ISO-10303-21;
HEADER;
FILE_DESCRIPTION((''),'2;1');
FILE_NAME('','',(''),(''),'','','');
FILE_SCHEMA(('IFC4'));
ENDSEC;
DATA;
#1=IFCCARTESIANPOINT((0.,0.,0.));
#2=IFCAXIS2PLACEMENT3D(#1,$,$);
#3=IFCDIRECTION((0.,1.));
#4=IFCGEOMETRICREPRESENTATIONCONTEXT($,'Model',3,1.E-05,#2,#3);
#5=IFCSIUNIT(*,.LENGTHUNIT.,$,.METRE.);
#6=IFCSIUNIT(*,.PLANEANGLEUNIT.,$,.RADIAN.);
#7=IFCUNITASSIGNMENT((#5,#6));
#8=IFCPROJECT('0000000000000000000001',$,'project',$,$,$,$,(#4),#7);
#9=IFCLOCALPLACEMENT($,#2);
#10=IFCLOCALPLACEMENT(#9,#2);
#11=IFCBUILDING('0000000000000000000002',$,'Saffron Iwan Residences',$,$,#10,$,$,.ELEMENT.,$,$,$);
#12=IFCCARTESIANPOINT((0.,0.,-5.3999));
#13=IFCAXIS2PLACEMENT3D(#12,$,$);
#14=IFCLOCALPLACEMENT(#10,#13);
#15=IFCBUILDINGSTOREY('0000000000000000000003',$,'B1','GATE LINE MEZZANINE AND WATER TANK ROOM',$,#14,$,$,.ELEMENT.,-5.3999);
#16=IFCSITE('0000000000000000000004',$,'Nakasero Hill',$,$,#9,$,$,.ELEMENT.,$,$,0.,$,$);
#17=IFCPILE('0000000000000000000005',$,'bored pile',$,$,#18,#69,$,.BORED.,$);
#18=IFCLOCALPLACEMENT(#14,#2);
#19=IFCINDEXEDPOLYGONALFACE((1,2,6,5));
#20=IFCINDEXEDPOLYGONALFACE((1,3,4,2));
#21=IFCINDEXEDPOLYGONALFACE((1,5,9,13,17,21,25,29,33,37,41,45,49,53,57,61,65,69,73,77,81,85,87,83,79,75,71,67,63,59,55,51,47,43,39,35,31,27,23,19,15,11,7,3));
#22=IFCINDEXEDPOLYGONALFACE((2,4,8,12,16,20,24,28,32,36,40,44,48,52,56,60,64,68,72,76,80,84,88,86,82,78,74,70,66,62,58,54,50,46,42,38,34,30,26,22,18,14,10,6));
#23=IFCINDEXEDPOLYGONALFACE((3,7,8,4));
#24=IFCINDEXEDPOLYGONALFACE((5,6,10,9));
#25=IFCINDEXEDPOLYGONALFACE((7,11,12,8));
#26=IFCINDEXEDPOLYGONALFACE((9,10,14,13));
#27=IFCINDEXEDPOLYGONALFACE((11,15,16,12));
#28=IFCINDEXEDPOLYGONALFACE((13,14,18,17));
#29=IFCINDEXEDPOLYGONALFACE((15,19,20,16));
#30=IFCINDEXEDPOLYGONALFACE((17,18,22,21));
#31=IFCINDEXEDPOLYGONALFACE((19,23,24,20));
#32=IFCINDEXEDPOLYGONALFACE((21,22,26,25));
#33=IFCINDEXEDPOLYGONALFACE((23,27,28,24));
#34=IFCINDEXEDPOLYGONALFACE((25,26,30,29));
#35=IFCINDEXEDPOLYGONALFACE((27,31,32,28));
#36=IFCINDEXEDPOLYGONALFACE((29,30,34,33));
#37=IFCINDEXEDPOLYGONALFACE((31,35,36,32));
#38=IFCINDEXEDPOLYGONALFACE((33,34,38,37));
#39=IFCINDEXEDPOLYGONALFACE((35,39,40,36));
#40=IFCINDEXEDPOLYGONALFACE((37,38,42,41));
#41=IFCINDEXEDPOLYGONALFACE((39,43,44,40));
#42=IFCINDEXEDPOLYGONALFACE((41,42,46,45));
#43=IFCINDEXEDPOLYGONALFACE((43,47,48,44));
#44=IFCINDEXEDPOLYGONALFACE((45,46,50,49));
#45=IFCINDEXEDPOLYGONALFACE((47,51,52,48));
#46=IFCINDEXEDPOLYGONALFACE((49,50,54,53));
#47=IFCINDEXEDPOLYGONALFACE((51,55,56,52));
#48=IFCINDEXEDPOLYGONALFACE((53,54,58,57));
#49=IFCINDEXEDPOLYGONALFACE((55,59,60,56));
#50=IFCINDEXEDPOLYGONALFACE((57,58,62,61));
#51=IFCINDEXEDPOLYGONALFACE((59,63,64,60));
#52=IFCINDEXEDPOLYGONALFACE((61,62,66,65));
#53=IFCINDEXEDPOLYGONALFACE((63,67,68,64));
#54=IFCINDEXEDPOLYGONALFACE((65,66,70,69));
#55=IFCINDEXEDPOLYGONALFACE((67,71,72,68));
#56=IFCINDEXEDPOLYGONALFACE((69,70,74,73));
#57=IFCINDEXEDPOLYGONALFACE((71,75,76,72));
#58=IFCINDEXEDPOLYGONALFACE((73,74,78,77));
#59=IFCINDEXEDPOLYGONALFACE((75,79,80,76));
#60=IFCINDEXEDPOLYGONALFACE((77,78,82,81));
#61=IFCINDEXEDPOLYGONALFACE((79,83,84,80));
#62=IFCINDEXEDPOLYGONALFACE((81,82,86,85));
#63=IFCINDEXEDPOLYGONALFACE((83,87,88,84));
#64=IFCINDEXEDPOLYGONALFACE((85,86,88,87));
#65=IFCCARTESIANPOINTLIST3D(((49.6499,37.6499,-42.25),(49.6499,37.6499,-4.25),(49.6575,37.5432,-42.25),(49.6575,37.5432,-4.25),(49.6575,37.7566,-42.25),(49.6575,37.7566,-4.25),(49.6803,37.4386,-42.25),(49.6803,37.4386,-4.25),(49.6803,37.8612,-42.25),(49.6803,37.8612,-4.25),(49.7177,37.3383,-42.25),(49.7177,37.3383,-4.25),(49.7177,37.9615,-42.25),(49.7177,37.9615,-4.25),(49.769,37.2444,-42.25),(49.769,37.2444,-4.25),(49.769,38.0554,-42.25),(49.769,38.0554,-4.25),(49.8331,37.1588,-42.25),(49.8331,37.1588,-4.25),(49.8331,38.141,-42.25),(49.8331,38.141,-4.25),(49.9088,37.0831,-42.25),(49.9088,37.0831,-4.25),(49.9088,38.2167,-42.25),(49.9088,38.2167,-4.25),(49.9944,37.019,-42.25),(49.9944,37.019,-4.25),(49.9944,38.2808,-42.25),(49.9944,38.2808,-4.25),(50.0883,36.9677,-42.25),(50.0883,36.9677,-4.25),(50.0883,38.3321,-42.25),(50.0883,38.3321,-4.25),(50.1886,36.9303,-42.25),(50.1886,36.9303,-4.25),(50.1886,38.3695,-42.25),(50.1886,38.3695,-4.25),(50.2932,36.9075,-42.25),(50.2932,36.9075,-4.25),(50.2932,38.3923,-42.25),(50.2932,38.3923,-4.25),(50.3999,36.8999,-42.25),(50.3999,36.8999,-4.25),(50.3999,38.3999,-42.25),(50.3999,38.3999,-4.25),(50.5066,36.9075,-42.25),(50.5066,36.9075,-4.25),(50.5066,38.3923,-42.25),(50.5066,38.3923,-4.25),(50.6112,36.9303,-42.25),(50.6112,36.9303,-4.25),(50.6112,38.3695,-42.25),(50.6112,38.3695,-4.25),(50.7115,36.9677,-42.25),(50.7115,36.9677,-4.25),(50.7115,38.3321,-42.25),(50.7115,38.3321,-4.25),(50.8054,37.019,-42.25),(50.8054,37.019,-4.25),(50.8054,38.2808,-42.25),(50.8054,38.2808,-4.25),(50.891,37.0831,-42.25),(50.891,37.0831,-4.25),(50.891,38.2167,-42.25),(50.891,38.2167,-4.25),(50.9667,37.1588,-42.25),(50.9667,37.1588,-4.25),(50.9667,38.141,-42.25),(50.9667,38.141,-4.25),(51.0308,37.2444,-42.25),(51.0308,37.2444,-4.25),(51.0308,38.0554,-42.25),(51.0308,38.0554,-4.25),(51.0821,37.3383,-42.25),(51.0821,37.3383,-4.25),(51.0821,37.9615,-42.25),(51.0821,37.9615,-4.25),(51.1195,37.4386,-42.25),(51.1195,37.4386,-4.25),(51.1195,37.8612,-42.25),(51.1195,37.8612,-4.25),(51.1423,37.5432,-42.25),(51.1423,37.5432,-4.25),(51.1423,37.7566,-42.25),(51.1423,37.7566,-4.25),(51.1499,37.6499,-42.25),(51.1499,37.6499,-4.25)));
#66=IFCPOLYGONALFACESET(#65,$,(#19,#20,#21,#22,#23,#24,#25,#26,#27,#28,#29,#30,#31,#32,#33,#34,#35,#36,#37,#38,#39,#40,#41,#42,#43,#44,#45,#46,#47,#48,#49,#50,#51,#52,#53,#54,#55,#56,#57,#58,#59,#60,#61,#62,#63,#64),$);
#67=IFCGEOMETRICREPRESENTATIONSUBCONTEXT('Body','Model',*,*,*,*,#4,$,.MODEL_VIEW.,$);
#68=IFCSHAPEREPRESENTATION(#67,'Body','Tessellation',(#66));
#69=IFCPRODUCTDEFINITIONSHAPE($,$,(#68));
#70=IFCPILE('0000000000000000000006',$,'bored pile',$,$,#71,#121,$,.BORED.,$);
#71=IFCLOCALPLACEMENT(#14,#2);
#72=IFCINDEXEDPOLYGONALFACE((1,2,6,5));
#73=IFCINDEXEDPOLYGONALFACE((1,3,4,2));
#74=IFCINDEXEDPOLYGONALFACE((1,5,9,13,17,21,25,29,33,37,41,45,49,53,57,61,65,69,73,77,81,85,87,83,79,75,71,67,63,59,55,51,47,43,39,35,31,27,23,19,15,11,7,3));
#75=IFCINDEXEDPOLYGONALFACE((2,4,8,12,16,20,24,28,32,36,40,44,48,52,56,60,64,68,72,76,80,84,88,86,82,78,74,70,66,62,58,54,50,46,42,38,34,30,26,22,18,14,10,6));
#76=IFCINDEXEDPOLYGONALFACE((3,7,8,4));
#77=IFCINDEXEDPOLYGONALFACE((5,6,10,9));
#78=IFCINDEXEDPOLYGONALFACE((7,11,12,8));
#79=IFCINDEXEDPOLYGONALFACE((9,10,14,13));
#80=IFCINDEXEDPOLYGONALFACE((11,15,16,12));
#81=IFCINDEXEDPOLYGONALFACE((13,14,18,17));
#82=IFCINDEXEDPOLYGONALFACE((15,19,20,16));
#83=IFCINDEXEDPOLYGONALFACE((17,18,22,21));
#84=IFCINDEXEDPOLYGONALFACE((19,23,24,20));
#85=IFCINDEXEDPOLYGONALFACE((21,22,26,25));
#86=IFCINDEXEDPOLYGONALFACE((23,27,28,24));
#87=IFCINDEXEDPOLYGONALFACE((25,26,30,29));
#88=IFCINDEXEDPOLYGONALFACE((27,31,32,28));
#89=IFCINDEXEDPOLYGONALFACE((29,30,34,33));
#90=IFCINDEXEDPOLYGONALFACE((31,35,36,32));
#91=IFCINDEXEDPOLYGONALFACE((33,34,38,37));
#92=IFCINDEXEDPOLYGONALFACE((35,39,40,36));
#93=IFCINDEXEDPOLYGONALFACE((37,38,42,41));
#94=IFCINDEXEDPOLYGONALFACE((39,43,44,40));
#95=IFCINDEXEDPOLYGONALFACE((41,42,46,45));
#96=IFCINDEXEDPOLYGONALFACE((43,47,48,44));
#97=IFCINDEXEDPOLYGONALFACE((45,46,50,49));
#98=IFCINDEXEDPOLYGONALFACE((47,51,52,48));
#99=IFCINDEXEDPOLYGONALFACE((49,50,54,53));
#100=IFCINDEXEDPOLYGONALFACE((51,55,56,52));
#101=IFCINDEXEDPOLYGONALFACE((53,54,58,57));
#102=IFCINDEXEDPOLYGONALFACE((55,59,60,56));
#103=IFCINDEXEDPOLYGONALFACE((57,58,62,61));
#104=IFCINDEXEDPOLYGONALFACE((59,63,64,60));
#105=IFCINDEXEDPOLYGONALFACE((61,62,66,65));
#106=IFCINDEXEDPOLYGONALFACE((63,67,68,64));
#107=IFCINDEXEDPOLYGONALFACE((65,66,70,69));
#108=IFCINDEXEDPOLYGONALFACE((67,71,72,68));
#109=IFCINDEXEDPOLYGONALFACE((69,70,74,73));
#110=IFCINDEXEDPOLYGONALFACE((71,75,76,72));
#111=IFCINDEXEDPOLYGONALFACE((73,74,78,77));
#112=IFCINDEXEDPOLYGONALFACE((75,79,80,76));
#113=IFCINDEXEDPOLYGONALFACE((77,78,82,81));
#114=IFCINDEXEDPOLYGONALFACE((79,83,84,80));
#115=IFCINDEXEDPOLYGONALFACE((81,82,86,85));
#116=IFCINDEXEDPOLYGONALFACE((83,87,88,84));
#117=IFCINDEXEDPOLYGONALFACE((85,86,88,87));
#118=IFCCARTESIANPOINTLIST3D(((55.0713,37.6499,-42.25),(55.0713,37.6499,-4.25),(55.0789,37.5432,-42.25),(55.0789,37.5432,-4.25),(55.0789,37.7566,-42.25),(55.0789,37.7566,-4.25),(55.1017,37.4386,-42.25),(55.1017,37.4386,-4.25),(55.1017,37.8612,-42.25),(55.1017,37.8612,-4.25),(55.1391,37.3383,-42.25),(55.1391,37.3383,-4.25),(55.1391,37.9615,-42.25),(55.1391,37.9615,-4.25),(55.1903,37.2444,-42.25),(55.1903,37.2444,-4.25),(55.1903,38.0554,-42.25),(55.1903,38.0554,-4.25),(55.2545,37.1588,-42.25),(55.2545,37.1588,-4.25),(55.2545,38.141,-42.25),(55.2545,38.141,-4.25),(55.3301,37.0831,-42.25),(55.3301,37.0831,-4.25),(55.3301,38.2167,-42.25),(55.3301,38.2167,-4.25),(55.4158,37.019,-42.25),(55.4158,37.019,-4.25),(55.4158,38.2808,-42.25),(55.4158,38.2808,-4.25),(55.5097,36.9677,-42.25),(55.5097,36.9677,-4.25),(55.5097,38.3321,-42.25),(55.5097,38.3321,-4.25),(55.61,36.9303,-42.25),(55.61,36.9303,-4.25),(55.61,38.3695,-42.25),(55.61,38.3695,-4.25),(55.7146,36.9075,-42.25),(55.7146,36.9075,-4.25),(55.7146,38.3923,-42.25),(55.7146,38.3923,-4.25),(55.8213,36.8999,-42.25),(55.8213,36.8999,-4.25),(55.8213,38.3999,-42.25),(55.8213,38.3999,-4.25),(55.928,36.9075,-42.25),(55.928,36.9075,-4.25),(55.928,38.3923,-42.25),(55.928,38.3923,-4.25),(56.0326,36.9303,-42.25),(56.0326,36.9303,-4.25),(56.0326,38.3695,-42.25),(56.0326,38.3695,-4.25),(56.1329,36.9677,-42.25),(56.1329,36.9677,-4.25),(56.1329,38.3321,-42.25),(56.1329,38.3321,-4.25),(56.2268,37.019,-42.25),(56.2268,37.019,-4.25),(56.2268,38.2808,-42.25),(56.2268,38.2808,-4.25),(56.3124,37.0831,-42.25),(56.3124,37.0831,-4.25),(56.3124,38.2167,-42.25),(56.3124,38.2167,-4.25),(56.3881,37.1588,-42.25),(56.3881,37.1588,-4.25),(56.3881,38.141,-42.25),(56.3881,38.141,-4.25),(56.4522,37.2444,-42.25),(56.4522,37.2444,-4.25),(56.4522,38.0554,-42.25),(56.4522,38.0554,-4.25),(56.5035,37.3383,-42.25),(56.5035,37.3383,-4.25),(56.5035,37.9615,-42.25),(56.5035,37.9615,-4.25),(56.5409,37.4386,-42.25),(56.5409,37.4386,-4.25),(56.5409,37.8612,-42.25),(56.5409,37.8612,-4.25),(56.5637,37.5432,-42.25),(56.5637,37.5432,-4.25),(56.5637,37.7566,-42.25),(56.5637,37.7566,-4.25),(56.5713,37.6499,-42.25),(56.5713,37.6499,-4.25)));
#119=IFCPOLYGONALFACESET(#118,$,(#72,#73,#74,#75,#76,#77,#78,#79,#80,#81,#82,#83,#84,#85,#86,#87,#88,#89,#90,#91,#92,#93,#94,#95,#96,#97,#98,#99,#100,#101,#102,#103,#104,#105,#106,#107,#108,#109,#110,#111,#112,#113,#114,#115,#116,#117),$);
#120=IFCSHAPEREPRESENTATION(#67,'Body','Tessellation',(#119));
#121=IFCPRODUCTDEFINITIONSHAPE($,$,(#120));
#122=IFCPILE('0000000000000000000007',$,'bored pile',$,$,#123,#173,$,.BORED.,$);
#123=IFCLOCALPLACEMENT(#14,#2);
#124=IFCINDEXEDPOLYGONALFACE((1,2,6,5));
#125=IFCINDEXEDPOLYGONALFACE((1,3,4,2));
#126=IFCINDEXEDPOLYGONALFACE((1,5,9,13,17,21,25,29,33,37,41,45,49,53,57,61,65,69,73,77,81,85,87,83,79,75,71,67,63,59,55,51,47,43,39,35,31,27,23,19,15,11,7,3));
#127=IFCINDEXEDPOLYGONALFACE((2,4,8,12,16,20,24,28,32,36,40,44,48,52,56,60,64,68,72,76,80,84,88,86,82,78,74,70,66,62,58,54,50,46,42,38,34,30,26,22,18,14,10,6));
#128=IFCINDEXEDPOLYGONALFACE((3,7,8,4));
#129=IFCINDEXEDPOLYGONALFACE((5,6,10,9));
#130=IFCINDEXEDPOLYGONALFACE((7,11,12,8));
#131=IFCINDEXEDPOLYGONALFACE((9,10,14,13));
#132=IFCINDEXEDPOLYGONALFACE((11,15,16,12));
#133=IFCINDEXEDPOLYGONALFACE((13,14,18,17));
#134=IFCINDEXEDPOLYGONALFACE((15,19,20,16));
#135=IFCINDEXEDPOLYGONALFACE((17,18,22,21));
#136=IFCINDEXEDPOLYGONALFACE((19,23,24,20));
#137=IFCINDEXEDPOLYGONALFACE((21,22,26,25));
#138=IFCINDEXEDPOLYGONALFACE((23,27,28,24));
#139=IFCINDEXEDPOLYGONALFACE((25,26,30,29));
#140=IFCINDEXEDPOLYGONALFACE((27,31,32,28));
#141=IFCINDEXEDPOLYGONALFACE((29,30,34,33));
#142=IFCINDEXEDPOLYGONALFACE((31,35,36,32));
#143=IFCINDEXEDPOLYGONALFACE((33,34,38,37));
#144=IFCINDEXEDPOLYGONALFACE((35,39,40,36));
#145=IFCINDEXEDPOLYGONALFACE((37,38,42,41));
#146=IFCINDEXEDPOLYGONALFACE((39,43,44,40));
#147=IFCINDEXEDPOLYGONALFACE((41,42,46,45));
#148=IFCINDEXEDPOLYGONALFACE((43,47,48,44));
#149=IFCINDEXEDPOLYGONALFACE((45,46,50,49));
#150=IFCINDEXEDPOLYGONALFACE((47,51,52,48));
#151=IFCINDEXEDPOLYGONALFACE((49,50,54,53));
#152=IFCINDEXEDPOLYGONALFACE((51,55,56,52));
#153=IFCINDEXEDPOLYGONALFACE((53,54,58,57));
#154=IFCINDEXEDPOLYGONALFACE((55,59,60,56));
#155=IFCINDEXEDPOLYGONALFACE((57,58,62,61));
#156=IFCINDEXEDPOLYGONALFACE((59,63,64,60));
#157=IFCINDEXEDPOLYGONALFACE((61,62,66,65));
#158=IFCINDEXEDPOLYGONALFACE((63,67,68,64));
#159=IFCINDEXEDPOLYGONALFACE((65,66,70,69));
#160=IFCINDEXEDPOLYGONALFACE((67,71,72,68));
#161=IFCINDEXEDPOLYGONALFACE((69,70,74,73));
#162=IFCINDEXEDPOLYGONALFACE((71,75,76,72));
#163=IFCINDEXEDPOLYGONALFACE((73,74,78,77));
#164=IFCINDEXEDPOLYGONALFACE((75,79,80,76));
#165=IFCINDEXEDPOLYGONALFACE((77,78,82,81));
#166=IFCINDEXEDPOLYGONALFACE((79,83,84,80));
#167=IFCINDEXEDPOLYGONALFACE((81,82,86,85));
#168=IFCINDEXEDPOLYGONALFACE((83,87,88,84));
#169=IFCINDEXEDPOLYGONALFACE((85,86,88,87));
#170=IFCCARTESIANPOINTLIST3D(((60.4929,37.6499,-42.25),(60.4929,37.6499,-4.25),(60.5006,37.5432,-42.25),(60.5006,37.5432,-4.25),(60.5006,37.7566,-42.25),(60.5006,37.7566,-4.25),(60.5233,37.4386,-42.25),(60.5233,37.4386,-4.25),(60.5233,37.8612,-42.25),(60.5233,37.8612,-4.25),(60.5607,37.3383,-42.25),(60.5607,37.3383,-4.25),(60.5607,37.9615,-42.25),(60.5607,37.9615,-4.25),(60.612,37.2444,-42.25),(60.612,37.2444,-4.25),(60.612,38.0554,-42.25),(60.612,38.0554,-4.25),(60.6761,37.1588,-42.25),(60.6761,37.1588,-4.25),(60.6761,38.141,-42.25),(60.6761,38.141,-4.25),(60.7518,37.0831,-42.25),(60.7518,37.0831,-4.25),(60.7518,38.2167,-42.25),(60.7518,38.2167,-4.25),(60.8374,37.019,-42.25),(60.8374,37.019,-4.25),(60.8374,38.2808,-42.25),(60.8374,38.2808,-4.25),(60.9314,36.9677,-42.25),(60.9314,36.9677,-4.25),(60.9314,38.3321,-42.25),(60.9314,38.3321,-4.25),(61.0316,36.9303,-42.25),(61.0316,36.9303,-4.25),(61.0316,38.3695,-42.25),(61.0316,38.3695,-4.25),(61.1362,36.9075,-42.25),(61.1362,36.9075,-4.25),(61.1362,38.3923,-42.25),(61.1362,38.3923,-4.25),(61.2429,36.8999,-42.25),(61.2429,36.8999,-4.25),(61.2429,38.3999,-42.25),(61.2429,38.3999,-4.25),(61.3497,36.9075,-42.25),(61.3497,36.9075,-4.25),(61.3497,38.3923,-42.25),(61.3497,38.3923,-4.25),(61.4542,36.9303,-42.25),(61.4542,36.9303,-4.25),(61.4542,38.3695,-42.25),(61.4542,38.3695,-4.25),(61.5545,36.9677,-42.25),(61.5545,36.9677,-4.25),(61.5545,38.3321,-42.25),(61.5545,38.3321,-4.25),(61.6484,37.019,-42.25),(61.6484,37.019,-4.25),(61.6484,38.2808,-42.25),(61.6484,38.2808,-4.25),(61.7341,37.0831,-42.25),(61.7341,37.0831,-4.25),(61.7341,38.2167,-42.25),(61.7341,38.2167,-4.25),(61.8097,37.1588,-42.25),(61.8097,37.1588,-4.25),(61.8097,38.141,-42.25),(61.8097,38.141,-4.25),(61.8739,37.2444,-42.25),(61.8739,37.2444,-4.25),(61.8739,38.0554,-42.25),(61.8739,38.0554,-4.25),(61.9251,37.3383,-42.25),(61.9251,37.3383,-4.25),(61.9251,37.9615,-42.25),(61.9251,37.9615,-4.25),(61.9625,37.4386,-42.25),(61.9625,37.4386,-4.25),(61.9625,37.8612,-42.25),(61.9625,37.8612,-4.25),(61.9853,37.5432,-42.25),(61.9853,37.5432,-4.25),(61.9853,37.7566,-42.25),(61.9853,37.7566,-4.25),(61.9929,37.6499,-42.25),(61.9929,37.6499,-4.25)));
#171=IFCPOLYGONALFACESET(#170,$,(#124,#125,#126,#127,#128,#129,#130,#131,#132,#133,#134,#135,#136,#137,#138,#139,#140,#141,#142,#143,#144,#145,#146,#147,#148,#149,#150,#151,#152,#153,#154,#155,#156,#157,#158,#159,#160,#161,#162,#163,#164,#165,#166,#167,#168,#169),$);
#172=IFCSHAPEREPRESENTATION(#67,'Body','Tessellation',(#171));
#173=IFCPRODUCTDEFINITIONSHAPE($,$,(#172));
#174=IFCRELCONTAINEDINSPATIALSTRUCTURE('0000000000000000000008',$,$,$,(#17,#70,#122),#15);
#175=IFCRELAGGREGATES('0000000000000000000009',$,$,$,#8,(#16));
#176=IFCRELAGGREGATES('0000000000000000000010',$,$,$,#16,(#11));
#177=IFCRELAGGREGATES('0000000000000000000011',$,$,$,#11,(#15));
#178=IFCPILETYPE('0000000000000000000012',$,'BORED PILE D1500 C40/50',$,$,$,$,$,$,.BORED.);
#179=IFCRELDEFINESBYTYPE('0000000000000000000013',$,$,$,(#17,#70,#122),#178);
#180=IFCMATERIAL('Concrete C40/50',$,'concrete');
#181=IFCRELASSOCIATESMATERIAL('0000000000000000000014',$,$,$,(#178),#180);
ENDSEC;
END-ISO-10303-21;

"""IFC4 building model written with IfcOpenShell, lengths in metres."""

from ifc_helpers import new_model, si_unit, direction, frame, origin, origin_2d, place, context, subcontext, project, spatial, circle, extrude, material, material_profile, profile_set, type_object, element, save


model = new_model("IFC4")

# Units and contexts
model_context = context("Model", 3, precision=1e-05, world=origin(), true_north=direction((0.0, 1.0)))
body_context = subcontext(model_context, "Body", "Model", "MODEL_VIEW")
ifc_project = project(units=[si_unit("LENGTHUNIT", "METRE"), si_unit("PLANEANGLEUNIT", "RADIAN")], contexts=[model_context])

# Site, building, storey
site_placement = place(None, origin())
site = spatial("IfcSite", under=ifc_project, at=site_placement, Name="Nakasero Hill", CompositionType="ELEMENT", RefElevation=0.0)
building_placement = place(site_placement, origin())
building = spatial("IfcBuilding", under=site, at=building_placement, Name="Saffron Iwan Residences", CompositionType="ELEMENT")
storey_placement = place(building_placement, frame((0.0, 0.0, -5.3999)))
storey = spatial("IfcBuildingStorey", under=building, at=storey_placement, Name="B1", Description="GATE LINE MEZZANINE AND WATER TANK ROOM", CompositionType="ELEMENT", Elevation=-5.3999)

# Piles
ifc_material_1 = material(Name="Concrete C40/50", Category="concrete")
ifc_material_profile_1 = material_profile(ifc_material_1, circle(Radius=0.75, at=origin_2d()), Name="RC D1500")
ifc_profile_set_1 = profile_set([ifc_material_profile_1], Name="Concrete C40/50")
pile_type = type_object("IfcPileType", Name="BORED PILE D1500 C40/50", PredefinedType="BORED", material=ifc_profile_set_1)
for number, where, z_axis, x_axis, name in (
    (1, (50.3999, 37.6499, -4.25), (0.0, 0.0, -1.0), (1.0, 0.0, 0.0), "bored pile"),
    (2, (55.8213, 37.6499, -4.25), (0.0, 0.0, -1.0), (1.0, 0.0, 0.0), "bored pile"),
    (3, (61.2429, 37.6499, -4.25), (0.0, 0.0, -1.0), (1.0, 0.0, 0.0), "bored pile"),
):
    element("IfcPile", number, at=place(storey_placement, frame(where, z_axis=z_axis, x_axis=x_axis)), inside=storey, type_object=pile_type, Name=name, PredefinedType="BORED", context=body_context, shape_type="SweptSolid", body=[
        extrude(circle(Radius=0.75, at=origin_2d()), origin(), (0.0, 0.0, 1.0), 38.0),
    ])

save(model, "model.ifc")
